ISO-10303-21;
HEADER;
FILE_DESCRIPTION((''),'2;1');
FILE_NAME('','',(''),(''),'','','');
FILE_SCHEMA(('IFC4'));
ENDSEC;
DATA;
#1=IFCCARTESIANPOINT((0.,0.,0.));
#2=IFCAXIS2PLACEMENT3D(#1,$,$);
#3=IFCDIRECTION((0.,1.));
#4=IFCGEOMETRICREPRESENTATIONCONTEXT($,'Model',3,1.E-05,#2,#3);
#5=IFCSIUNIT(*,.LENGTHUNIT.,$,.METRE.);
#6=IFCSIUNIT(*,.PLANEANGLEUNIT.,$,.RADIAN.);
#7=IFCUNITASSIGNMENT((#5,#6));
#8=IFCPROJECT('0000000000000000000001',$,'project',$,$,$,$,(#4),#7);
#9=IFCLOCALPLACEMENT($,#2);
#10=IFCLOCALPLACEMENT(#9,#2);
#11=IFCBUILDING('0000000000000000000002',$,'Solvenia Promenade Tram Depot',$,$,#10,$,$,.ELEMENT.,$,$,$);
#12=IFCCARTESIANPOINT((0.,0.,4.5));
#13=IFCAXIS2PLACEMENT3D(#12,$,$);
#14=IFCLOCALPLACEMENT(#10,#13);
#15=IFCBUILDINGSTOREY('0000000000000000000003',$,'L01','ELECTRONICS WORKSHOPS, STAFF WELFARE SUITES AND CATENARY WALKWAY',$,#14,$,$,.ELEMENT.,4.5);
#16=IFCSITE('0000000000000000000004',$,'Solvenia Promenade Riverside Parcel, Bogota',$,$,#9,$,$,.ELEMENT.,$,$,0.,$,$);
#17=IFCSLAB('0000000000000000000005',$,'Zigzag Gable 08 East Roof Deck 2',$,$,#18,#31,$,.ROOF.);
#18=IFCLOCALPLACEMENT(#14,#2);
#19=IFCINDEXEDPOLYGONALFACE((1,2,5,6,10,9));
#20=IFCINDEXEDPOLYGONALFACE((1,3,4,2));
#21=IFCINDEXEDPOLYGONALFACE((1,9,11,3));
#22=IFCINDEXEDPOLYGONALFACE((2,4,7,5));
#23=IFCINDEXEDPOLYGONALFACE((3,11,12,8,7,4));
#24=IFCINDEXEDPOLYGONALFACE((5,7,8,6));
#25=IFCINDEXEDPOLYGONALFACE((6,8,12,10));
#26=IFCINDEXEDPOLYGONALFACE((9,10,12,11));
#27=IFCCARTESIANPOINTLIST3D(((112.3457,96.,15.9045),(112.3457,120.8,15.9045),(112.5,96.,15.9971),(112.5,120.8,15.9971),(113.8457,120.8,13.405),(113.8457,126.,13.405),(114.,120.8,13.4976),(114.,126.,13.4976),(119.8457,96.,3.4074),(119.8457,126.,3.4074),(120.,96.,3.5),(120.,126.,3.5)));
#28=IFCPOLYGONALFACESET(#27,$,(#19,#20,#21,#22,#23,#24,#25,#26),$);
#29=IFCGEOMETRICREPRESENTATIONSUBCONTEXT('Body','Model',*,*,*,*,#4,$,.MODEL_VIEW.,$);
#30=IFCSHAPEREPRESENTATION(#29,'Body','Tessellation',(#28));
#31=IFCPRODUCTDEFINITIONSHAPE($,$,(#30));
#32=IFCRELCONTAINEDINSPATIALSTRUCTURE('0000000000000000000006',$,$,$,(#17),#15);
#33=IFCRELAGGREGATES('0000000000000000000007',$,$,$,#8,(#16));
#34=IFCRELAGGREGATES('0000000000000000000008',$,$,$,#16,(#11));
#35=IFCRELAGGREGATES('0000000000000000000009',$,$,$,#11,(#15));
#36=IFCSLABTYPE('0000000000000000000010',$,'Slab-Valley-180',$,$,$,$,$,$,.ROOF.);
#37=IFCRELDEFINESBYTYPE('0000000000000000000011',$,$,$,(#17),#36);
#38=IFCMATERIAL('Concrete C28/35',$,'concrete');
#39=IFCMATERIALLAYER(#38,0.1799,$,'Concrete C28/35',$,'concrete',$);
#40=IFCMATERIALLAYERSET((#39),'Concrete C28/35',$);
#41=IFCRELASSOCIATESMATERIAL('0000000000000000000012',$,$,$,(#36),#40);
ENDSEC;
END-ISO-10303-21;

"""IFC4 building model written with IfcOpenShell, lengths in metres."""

from ifc_helpers import new_model, si_unit, direction, frame, origin, place, context, subcontext, project, spatial, polyline, outline, extrude, material, layer, layer_set, type_object, element, save


model = new_model("IFC4")

# Units and contexts
model_context = context("Model", 3, precision=1e-05, world=origin(), true_north=direction((0.0, 1.0)))
body_context = subcontext(model_context, "Body", "Model", "MODEL_VIEW")
ifc_project = project(units=[si_unit("LENGTHUNIT", "METRE"), si_unit("PLANEANGLEUNIT", "RADIAN")], contexts=[model_context])

# Site, building, storey
site_placement = place(None, origin())
site = spatial("IfcSite", under=ifc_project, at=site_placement, Name="Solvenia Promenade Riverside Parcel, Bogota", CompositionType="ELEMENT", RefElevation=0.0)
building_placement = place(site_placement, origin())
building = spatial("IfcBuilding", under=site, at=building_placement, Name="Solvenia Promenade Tram Depot", CompositionType="ELEMENT")
storey_placement = place(building_placement, frame((0.0, 0.0, 4.5)))
storey = spatial("IfcBuildingStorey", under=building, at=storey_placement, Name="L01", Description="ELECTRONICS WORKSHOPS, STAFF WELFARE SUITES AND CATENARY WALKWAY", CompositionType="ELEMENT", Elevation=4.5)

# Slab
ifc_material_1 = material(Name="Concrete C28/35", Category="concrete")
ifc_layer_1 = layer(ifc_material_1, 0.1799, Name="Concrete C28/35", Category="concrete")
ifc_layer_set_1 = layer_set([ifc_layer_1], Name="Concrete C28/35")
slab_type = type_object("IfcSlabType", Name="Slab-Valley-180", PredefinedType="ROOF", material=ifc_layer_set_1)
slab_placement = place(storey_placement, frame((112.5, 96.0, 15.9971), z_axis=(0.857439, 0.000001, 0.514585), x_axis=(-0.000001, 1.0, 0.0)))
element("IfcSlab", 1, at=slab_placement, inside=storey, type_object=slab_type, Name="Zigzag Gable 08 East Roof Deck 2", PredefinedType="ROOF", context=body_context, shape_type="SweptSolid", body=[
    extrude(outline(polyline([(0.0, 0.0), (24.8, 0.0), (24.8, -2.9151), (30.0, -2.9151), (30.0, -14.5749), (0.0, -14.5749), (0.0, 0.0)])), origin(), (0.0, 0.0, -1.0), 0.1799),
])

save(model, "model.ifc")
